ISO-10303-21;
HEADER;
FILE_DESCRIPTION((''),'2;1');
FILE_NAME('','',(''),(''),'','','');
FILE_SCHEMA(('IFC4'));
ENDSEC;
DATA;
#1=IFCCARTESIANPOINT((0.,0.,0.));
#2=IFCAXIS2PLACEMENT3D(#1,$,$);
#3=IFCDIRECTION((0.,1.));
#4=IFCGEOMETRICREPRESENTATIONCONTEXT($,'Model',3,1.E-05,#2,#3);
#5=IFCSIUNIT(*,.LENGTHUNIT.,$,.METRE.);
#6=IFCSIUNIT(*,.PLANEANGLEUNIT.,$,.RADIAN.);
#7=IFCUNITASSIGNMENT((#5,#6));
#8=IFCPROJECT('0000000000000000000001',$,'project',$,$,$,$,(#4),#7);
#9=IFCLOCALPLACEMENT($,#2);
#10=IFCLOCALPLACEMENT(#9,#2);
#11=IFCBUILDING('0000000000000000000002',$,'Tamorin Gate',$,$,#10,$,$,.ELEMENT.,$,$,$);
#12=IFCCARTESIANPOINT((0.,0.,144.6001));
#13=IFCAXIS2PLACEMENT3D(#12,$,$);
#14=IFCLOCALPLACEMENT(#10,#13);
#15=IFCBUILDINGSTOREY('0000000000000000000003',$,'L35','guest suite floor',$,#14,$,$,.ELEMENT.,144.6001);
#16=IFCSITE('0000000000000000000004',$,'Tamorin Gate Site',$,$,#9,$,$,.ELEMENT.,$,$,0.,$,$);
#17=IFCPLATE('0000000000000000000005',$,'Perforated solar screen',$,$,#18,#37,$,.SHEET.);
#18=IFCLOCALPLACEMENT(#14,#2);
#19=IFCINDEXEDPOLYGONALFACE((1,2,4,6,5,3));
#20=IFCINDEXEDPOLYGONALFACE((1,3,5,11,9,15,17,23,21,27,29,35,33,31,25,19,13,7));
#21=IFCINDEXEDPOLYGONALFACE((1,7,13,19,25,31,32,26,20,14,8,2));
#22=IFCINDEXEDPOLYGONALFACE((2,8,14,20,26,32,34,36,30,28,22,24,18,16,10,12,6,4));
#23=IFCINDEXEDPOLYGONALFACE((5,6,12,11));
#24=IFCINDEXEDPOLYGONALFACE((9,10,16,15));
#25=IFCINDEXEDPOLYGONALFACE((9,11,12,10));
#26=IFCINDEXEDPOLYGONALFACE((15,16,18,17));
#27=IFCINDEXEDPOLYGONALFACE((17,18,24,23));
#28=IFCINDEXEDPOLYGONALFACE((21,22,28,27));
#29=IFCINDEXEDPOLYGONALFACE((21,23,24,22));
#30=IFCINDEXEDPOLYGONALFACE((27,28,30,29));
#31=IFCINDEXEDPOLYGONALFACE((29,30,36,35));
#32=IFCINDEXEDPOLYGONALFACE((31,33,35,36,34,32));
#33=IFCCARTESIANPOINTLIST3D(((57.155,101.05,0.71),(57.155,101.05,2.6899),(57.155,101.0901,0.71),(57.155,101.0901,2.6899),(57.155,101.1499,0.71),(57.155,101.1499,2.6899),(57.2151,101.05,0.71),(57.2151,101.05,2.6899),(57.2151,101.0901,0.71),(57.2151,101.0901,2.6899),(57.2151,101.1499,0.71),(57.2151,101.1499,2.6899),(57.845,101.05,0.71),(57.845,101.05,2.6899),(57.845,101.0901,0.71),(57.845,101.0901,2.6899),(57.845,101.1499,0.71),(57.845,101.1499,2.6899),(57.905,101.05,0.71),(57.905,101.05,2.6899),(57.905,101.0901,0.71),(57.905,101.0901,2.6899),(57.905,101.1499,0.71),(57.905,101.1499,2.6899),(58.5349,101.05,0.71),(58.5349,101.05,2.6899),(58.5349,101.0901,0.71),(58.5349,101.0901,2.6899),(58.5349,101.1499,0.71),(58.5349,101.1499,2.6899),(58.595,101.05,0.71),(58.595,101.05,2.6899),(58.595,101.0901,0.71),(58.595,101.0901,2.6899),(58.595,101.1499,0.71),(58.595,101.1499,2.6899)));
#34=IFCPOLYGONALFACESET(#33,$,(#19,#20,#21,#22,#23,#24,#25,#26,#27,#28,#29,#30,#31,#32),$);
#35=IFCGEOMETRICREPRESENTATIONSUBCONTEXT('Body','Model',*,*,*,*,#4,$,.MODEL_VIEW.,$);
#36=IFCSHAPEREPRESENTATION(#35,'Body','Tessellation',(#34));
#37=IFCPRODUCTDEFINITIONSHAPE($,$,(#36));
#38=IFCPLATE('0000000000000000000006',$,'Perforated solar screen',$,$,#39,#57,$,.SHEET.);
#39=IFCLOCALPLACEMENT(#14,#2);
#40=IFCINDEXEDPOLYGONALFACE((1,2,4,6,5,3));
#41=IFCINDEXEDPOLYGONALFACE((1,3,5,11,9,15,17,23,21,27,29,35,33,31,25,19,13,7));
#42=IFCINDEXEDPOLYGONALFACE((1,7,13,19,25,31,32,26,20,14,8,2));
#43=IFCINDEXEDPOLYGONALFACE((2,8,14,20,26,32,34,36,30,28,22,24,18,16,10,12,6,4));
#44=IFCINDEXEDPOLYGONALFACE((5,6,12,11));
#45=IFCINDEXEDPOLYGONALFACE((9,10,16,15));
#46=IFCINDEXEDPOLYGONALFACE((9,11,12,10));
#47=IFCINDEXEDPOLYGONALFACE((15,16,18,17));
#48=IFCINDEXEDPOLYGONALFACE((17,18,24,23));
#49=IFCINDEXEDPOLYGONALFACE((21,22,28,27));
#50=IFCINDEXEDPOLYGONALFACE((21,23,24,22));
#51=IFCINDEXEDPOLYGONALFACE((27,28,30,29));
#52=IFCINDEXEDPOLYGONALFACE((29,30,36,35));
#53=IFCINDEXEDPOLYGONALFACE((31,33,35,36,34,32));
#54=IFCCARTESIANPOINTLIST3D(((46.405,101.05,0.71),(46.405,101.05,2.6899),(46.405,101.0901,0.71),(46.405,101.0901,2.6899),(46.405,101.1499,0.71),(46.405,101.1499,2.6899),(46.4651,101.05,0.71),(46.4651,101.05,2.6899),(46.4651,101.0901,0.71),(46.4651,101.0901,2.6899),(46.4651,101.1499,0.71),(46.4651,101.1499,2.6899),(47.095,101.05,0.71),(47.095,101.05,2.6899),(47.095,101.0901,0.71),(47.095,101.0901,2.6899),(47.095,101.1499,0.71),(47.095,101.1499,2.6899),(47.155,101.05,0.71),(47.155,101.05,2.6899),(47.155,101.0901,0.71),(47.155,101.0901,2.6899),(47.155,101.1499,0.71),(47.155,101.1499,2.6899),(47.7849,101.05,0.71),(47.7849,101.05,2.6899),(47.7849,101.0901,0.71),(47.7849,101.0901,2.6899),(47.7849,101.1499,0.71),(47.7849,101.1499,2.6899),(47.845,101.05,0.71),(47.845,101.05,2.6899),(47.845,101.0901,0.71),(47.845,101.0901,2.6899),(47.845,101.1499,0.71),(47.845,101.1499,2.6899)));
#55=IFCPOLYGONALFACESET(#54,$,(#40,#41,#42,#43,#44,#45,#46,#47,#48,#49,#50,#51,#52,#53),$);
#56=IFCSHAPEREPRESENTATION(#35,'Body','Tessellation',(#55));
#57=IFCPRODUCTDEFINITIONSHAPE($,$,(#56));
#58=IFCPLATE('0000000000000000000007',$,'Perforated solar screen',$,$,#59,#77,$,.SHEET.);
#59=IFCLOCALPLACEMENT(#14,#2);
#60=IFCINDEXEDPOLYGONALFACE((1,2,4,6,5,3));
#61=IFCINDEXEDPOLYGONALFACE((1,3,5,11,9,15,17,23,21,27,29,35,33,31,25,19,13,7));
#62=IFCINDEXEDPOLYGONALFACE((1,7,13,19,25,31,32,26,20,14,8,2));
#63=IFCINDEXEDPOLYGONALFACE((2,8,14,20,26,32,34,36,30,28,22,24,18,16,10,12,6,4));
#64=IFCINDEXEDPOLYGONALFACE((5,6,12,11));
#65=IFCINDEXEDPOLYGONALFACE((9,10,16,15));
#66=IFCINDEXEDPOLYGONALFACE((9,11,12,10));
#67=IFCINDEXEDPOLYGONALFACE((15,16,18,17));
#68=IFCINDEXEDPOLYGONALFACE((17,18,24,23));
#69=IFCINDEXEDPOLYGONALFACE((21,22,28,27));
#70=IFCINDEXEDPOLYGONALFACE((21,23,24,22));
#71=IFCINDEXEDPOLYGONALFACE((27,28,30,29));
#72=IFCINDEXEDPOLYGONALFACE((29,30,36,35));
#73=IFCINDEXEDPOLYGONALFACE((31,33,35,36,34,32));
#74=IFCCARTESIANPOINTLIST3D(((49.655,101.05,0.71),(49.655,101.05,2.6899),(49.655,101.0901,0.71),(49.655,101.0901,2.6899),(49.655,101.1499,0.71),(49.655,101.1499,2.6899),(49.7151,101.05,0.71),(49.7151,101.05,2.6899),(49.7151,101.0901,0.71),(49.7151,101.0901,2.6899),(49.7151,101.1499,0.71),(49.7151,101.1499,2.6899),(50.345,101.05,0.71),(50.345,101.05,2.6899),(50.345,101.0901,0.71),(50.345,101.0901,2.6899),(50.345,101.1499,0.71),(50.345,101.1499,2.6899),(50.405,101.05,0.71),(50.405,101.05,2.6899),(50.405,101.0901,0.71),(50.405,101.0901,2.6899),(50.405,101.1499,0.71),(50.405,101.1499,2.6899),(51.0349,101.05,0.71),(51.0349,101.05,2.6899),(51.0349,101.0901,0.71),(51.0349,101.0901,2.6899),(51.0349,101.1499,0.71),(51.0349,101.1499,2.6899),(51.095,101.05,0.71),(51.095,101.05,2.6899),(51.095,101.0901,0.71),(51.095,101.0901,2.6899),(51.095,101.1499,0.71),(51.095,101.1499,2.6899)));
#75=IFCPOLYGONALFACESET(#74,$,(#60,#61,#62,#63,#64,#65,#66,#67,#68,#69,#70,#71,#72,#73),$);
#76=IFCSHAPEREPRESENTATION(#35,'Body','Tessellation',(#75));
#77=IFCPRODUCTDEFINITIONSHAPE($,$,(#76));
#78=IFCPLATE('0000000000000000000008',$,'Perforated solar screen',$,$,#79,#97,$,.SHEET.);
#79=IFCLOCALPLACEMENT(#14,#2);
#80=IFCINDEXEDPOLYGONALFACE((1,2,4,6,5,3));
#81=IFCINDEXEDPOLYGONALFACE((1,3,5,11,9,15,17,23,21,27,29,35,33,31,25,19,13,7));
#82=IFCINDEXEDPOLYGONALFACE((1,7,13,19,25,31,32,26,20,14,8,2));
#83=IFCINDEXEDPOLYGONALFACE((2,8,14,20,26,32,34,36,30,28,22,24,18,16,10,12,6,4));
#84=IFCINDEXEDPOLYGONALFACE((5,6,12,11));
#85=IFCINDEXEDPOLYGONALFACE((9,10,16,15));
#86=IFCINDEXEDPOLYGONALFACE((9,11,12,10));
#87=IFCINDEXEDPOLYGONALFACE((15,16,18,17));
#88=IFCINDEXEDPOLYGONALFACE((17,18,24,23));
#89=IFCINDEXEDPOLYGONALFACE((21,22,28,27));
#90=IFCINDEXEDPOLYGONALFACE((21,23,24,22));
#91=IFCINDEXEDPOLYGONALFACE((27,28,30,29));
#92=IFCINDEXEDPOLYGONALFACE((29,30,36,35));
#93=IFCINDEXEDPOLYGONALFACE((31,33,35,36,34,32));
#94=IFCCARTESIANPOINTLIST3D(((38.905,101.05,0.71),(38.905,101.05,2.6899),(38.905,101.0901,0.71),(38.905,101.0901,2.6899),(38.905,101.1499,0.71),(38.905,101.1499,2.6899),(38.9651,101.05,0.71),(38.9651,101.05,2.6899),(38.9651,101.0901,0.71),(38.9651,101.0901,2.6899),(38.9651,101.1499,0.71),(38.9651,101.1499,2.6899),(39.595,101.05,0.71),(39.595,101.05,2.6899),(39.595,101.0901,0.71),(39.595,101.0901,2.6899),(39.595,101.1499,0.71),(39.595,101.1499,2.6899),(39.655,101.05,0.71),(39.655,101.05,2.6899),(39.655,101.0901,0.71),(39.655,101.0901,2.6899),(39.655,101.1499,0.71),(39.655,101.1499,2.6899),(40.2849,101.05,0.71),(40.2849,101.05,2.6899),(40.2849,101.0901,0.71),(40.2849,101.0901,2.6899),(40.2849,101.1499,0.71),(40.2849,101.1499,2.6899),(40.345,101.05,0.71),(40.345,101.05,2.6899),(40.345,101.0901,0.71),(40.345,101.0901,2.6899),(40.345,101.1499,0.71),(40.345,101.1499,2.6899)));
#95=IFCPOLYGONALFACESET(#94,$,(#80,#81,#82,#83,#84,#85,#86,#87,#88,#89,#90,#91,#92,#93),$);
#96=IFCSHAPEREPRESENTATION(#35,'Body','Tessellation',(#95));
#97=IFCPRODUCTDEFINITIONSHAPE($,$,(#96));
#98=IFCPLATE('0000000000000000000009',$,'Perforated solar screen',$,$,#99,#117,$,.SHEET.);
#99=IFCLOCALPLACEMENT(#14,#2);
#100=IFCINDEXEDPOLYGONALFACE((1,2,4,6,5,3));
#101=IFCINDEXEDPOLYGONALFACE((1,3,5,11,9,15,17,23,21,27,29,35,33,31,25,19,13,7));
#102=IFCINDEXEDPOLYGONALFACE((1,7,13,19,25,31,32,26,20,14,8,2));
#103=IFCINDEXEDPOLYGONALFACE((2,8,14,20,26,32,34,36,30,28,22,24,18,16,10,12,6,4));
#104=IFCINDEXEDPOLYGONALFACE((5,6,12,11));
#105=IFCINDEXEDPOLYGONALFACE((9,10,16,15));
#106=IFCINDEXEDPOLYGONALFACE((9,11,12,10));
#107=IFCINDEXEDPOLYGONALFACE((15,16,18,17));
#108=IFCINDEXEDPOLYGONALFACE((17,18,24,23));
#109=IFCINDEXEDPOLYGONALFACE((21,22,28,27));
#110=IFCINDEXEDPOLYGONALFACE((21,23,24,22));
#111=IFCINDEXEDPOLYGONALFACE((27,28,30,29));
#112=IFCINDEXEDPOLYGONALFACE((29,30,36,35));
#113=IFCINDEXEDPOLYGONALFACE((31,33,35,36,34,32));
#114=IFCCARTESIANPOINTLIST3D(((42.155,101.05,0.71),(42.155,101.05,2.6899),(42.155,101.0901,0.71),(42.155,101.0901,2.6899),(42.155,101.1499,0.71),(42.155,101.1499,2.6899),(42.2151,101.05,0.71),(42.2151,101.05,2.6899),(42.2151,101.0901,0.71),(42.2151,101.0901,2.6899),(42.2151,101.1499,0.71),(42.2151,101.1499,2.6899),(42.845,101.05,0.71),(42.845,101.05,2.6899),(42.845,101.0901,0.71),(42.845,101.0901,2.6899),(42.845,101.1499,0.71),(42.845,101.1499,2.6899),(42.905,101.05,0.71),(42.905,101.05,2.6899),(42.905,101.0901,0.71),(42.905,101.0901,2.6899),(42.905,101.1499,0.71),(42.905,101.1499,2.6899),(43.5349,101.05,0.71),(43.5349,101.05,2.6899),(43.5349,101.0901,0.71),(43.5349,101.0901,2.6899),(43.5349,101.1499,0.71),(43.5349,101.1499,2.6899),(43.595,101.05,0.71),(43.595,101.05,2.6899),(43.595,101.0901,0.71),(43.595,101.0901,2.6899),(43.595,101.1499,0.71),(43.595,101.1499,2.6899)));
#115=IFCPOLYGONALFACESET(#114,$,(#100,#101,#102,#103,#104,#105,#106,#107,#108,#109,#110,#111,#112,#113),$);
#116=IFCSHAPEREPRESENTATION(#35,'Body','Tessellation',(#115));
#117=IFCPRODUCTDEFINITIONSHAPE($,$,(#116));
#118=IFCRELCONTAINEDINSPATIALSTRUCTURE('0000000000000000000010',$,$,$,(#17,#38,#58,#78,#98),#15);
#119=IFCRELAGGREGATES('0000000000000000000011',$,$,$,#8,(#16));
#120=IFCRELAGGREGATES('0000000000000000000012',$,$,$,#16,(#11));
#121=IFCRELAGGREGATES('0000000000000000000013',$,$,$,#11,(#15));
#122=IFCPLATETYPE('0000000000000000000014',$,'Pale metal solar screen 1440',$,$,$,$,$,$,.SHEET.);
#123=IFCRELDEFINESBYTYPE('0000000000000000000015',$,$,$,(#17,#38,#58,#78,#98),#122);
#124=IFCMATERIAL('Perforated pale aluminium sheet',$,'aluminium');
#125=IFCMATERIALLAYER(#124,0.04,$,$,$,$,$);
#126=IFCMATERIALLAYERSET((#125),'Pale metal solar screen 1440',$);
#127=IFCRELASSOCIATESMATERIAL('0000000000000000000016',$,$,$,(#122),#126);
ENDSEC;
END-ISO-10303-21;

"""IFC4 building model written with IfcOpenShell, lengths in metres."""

from ifc_helpers import new_model, si_unit, direction, frame, origin, place, context, subcontext, project, spatial, polyline, outline, extrude, material, layer, layer_set, type_object, element, save


model = new_model("IFC4")

# Units and contexts
model_context = context("Model", 3, precision=1e-05, world=origin(), true_north=direction((0.0, 1.0)))
body_context = subcontext(model_context, "Body", "Model", "MODEL_VIEW")
ifc_project = project(units=[si_unit("LENGTHUNIT", "METRE"), si_unit("PLANEANGLEUNIT", "RADIAN")], contexts=[model_context])

# Site, building, storey
site_placement = place(None, origin())
site = spatial("IfcSite", under=ifc_project, at=site_placement, Name="Tamorin Gate Site", CompositionType="ELEMENT", RefElevation=0.0)
building_placement = place(site_placement, origin())
building = spatial("IfcBuilding", under=site, at=building_placement, Name="Tamorin Gate", CompositionType="ELEMENT")
storey_placement = place(building_placement, frame((0.0, 0.0, 144.6001)))
storey = spatial("IfcBuildingStorey", under=building, at=storey_placement, Name="L35", Description="guest suite floor", CompositionType="ELEMENT", Elevation=144.6001)

# Plates
ifc_material_1 = material(Name="Perforated pale aluminium sheet", Category="aluminium")
ifc_layer_1 = layer(ifc_material_1, 0.04)
ifc_layer_set_1 = layer_set([ifc_layer_1], Name="Pale metal solar screen 1440")
plate_type_1 = type_object("IfcPlateType", Name="Pale metal solar screen 1440", PredefinedType="SHEET", material=ifc_layer_set_1)
plate_1_placement = place(storey_placement, frame((0.0, 0.0, 0.71)))
element("IfcPlate", 1, at=plate_1_placement, inside=storey, type_object=plate_type_1, Name="Perforated solar screen", PredefinedType="SHEET", context=body_context, shape_type="SweptSolid", body=[
    extrude(outline(polyline([(58.595, 101.0901), (58.595, 101.05), (58.5349, 101.05), (57.905, 101.05), (57.845, 101.05), (57.2151, 101.05), (57.155, 101.05), (57.155, 101.0901), (57.155, 101.1499), (57.2151, 101.1499), (57.2151, 101.0901), (57.845, 101.0901), (57.845, 101.1499), (57.905, 101.1499), (57.905, 101.0901), (58.5349, 101.0901), (58.5349, 101.1499), (58.595, 101.1499), (58.595, 101.0901)])), origin(), (0.0, 0.0, 1.0), 1.98),
])
plate_2_placement = place(storey_placement, frame((0.0, 0.0, 0.71)))
element("IfcPlate", 2, at=plate_2_placement, inside=storey, type_object=plate_type_1, Name="Perforated solar screen", PredefinedType="SHEET", context=body_context, shape_type="SweptSolid", body=[
    extrude(outline(polyline([(47.845, 101.0901), (47.845, 101.05), (47.7849, 101.05), (47.155, 101.05), (47.095, 101.05), (46.4651, 101.05), (46.405, 101.05), (46.405, 101.0901), (46.405, 101.1499), (46.4651, 101.1499), (46.4651, 101.0901), (47.095, 101.0901), (47.095, 101.1499), (47.155, 101.1499), (47.155, 101.0901), (47.7849, 101.0901), (47.7849, 101.1499), (47.845, 101.1499), (47.845, 101.0901)])), origin(), (0.0, 0.0, 1.0), 1.98),
])
plate_3_placement = place(storey_placement, frame((0.0, 0.0, 0.71)))
element("IfcPlate", 3, at=plate_3_placement, inside=storey, type_object=plate_type_1, Name="Perforated solar screen", PredefinedType="SHEET", context=body_context, shape_type="SweptSolid", body=[
    extrude(outline(polyline([(51.095, 101.0901), (51.095, 101.05), (51.0349, 101.05), (50.405, 101.05), (50.345, 101.05), (49.7151, 101.05), (49.655, 101.05), (49.655, 101.0901), (49.655, 101.1499), (49.7151, 101.1499), (49.7151, 101.0901), (50.345, 101.0901), (50.345, 101.1499), (50.405, 101.1499), (50.405, 101.0901), (51.0349, 101.0901), (51.0349, 101.1499), (51.095, 101.1499), (51.095, 101.0901)])), origin(), (0.0, 0.0, 1.0), 1.98),
])
plate_4_placement = place(storey_placement, frame((0.0, 0.0, 0.71)))
element("IfcPlate", 4, at=plate_4_placement, inside=storey, type_object=plate_type_1, Name="Perforated solar screen", PredefinedType="SHEET", context=body_context, shape_type="SweptSolid", body=[
    extrude(outline(polyline([(40.345, 101.0901), (40.345, 101.05), (40.2849, 101.05), (39.655, 101.05), (39.595, 101.05), (38.9651, 101.05), (38.905, 101.05), (38.905, 101.0901), (38.905, 101.1499), (38.9651, 101.1499), (38.9651, 101.0901), (39.595, 101.0901), (39.595, 101.1499), (39.655, 101.1499), (39.655, 101.0901), (40.2849, 101.0901), (40.2849, 101.1499), (40.345, 101.1499), (40.345, 101.0901)])), origin(), (0.0, 0.0, 1.0), 1.98),
])
plate_5_placement = place(storey_placement, frame((0.0, 0.0, 0.71)))
element("IfcPlate", 5, at=plate_5_placement, inside=storey, type_object=plate_type_1, Name="Perforated solar screen", PredefinedType="SHEET", context=body_context, shape_type="SweptSolid", body=[
    extrude(outline(polyline([(43.595, 101.0901), (43.595, 101.05), (43.5349, 101.05), (42.905, 101.05), (42.845, 101.05), (42.2151, 101.05), (42.155, 101.05), (42.155, 101.0901), (42.155, 101.1499), (42.2151, 101.1499), (42.2151, 101.0901), (42.845, 101.0901), (42.845, 101.1499), (42.905, 101.1499), (42.905, 101.0901), (43.5349, 101.0901), (43.5349, 101.1499), (43.595, 101.1499), (43.595, 101.0901)])), origin(), (0.0, 0.0, 1.0), 1.98),
])

save(model, "model.ifc")
